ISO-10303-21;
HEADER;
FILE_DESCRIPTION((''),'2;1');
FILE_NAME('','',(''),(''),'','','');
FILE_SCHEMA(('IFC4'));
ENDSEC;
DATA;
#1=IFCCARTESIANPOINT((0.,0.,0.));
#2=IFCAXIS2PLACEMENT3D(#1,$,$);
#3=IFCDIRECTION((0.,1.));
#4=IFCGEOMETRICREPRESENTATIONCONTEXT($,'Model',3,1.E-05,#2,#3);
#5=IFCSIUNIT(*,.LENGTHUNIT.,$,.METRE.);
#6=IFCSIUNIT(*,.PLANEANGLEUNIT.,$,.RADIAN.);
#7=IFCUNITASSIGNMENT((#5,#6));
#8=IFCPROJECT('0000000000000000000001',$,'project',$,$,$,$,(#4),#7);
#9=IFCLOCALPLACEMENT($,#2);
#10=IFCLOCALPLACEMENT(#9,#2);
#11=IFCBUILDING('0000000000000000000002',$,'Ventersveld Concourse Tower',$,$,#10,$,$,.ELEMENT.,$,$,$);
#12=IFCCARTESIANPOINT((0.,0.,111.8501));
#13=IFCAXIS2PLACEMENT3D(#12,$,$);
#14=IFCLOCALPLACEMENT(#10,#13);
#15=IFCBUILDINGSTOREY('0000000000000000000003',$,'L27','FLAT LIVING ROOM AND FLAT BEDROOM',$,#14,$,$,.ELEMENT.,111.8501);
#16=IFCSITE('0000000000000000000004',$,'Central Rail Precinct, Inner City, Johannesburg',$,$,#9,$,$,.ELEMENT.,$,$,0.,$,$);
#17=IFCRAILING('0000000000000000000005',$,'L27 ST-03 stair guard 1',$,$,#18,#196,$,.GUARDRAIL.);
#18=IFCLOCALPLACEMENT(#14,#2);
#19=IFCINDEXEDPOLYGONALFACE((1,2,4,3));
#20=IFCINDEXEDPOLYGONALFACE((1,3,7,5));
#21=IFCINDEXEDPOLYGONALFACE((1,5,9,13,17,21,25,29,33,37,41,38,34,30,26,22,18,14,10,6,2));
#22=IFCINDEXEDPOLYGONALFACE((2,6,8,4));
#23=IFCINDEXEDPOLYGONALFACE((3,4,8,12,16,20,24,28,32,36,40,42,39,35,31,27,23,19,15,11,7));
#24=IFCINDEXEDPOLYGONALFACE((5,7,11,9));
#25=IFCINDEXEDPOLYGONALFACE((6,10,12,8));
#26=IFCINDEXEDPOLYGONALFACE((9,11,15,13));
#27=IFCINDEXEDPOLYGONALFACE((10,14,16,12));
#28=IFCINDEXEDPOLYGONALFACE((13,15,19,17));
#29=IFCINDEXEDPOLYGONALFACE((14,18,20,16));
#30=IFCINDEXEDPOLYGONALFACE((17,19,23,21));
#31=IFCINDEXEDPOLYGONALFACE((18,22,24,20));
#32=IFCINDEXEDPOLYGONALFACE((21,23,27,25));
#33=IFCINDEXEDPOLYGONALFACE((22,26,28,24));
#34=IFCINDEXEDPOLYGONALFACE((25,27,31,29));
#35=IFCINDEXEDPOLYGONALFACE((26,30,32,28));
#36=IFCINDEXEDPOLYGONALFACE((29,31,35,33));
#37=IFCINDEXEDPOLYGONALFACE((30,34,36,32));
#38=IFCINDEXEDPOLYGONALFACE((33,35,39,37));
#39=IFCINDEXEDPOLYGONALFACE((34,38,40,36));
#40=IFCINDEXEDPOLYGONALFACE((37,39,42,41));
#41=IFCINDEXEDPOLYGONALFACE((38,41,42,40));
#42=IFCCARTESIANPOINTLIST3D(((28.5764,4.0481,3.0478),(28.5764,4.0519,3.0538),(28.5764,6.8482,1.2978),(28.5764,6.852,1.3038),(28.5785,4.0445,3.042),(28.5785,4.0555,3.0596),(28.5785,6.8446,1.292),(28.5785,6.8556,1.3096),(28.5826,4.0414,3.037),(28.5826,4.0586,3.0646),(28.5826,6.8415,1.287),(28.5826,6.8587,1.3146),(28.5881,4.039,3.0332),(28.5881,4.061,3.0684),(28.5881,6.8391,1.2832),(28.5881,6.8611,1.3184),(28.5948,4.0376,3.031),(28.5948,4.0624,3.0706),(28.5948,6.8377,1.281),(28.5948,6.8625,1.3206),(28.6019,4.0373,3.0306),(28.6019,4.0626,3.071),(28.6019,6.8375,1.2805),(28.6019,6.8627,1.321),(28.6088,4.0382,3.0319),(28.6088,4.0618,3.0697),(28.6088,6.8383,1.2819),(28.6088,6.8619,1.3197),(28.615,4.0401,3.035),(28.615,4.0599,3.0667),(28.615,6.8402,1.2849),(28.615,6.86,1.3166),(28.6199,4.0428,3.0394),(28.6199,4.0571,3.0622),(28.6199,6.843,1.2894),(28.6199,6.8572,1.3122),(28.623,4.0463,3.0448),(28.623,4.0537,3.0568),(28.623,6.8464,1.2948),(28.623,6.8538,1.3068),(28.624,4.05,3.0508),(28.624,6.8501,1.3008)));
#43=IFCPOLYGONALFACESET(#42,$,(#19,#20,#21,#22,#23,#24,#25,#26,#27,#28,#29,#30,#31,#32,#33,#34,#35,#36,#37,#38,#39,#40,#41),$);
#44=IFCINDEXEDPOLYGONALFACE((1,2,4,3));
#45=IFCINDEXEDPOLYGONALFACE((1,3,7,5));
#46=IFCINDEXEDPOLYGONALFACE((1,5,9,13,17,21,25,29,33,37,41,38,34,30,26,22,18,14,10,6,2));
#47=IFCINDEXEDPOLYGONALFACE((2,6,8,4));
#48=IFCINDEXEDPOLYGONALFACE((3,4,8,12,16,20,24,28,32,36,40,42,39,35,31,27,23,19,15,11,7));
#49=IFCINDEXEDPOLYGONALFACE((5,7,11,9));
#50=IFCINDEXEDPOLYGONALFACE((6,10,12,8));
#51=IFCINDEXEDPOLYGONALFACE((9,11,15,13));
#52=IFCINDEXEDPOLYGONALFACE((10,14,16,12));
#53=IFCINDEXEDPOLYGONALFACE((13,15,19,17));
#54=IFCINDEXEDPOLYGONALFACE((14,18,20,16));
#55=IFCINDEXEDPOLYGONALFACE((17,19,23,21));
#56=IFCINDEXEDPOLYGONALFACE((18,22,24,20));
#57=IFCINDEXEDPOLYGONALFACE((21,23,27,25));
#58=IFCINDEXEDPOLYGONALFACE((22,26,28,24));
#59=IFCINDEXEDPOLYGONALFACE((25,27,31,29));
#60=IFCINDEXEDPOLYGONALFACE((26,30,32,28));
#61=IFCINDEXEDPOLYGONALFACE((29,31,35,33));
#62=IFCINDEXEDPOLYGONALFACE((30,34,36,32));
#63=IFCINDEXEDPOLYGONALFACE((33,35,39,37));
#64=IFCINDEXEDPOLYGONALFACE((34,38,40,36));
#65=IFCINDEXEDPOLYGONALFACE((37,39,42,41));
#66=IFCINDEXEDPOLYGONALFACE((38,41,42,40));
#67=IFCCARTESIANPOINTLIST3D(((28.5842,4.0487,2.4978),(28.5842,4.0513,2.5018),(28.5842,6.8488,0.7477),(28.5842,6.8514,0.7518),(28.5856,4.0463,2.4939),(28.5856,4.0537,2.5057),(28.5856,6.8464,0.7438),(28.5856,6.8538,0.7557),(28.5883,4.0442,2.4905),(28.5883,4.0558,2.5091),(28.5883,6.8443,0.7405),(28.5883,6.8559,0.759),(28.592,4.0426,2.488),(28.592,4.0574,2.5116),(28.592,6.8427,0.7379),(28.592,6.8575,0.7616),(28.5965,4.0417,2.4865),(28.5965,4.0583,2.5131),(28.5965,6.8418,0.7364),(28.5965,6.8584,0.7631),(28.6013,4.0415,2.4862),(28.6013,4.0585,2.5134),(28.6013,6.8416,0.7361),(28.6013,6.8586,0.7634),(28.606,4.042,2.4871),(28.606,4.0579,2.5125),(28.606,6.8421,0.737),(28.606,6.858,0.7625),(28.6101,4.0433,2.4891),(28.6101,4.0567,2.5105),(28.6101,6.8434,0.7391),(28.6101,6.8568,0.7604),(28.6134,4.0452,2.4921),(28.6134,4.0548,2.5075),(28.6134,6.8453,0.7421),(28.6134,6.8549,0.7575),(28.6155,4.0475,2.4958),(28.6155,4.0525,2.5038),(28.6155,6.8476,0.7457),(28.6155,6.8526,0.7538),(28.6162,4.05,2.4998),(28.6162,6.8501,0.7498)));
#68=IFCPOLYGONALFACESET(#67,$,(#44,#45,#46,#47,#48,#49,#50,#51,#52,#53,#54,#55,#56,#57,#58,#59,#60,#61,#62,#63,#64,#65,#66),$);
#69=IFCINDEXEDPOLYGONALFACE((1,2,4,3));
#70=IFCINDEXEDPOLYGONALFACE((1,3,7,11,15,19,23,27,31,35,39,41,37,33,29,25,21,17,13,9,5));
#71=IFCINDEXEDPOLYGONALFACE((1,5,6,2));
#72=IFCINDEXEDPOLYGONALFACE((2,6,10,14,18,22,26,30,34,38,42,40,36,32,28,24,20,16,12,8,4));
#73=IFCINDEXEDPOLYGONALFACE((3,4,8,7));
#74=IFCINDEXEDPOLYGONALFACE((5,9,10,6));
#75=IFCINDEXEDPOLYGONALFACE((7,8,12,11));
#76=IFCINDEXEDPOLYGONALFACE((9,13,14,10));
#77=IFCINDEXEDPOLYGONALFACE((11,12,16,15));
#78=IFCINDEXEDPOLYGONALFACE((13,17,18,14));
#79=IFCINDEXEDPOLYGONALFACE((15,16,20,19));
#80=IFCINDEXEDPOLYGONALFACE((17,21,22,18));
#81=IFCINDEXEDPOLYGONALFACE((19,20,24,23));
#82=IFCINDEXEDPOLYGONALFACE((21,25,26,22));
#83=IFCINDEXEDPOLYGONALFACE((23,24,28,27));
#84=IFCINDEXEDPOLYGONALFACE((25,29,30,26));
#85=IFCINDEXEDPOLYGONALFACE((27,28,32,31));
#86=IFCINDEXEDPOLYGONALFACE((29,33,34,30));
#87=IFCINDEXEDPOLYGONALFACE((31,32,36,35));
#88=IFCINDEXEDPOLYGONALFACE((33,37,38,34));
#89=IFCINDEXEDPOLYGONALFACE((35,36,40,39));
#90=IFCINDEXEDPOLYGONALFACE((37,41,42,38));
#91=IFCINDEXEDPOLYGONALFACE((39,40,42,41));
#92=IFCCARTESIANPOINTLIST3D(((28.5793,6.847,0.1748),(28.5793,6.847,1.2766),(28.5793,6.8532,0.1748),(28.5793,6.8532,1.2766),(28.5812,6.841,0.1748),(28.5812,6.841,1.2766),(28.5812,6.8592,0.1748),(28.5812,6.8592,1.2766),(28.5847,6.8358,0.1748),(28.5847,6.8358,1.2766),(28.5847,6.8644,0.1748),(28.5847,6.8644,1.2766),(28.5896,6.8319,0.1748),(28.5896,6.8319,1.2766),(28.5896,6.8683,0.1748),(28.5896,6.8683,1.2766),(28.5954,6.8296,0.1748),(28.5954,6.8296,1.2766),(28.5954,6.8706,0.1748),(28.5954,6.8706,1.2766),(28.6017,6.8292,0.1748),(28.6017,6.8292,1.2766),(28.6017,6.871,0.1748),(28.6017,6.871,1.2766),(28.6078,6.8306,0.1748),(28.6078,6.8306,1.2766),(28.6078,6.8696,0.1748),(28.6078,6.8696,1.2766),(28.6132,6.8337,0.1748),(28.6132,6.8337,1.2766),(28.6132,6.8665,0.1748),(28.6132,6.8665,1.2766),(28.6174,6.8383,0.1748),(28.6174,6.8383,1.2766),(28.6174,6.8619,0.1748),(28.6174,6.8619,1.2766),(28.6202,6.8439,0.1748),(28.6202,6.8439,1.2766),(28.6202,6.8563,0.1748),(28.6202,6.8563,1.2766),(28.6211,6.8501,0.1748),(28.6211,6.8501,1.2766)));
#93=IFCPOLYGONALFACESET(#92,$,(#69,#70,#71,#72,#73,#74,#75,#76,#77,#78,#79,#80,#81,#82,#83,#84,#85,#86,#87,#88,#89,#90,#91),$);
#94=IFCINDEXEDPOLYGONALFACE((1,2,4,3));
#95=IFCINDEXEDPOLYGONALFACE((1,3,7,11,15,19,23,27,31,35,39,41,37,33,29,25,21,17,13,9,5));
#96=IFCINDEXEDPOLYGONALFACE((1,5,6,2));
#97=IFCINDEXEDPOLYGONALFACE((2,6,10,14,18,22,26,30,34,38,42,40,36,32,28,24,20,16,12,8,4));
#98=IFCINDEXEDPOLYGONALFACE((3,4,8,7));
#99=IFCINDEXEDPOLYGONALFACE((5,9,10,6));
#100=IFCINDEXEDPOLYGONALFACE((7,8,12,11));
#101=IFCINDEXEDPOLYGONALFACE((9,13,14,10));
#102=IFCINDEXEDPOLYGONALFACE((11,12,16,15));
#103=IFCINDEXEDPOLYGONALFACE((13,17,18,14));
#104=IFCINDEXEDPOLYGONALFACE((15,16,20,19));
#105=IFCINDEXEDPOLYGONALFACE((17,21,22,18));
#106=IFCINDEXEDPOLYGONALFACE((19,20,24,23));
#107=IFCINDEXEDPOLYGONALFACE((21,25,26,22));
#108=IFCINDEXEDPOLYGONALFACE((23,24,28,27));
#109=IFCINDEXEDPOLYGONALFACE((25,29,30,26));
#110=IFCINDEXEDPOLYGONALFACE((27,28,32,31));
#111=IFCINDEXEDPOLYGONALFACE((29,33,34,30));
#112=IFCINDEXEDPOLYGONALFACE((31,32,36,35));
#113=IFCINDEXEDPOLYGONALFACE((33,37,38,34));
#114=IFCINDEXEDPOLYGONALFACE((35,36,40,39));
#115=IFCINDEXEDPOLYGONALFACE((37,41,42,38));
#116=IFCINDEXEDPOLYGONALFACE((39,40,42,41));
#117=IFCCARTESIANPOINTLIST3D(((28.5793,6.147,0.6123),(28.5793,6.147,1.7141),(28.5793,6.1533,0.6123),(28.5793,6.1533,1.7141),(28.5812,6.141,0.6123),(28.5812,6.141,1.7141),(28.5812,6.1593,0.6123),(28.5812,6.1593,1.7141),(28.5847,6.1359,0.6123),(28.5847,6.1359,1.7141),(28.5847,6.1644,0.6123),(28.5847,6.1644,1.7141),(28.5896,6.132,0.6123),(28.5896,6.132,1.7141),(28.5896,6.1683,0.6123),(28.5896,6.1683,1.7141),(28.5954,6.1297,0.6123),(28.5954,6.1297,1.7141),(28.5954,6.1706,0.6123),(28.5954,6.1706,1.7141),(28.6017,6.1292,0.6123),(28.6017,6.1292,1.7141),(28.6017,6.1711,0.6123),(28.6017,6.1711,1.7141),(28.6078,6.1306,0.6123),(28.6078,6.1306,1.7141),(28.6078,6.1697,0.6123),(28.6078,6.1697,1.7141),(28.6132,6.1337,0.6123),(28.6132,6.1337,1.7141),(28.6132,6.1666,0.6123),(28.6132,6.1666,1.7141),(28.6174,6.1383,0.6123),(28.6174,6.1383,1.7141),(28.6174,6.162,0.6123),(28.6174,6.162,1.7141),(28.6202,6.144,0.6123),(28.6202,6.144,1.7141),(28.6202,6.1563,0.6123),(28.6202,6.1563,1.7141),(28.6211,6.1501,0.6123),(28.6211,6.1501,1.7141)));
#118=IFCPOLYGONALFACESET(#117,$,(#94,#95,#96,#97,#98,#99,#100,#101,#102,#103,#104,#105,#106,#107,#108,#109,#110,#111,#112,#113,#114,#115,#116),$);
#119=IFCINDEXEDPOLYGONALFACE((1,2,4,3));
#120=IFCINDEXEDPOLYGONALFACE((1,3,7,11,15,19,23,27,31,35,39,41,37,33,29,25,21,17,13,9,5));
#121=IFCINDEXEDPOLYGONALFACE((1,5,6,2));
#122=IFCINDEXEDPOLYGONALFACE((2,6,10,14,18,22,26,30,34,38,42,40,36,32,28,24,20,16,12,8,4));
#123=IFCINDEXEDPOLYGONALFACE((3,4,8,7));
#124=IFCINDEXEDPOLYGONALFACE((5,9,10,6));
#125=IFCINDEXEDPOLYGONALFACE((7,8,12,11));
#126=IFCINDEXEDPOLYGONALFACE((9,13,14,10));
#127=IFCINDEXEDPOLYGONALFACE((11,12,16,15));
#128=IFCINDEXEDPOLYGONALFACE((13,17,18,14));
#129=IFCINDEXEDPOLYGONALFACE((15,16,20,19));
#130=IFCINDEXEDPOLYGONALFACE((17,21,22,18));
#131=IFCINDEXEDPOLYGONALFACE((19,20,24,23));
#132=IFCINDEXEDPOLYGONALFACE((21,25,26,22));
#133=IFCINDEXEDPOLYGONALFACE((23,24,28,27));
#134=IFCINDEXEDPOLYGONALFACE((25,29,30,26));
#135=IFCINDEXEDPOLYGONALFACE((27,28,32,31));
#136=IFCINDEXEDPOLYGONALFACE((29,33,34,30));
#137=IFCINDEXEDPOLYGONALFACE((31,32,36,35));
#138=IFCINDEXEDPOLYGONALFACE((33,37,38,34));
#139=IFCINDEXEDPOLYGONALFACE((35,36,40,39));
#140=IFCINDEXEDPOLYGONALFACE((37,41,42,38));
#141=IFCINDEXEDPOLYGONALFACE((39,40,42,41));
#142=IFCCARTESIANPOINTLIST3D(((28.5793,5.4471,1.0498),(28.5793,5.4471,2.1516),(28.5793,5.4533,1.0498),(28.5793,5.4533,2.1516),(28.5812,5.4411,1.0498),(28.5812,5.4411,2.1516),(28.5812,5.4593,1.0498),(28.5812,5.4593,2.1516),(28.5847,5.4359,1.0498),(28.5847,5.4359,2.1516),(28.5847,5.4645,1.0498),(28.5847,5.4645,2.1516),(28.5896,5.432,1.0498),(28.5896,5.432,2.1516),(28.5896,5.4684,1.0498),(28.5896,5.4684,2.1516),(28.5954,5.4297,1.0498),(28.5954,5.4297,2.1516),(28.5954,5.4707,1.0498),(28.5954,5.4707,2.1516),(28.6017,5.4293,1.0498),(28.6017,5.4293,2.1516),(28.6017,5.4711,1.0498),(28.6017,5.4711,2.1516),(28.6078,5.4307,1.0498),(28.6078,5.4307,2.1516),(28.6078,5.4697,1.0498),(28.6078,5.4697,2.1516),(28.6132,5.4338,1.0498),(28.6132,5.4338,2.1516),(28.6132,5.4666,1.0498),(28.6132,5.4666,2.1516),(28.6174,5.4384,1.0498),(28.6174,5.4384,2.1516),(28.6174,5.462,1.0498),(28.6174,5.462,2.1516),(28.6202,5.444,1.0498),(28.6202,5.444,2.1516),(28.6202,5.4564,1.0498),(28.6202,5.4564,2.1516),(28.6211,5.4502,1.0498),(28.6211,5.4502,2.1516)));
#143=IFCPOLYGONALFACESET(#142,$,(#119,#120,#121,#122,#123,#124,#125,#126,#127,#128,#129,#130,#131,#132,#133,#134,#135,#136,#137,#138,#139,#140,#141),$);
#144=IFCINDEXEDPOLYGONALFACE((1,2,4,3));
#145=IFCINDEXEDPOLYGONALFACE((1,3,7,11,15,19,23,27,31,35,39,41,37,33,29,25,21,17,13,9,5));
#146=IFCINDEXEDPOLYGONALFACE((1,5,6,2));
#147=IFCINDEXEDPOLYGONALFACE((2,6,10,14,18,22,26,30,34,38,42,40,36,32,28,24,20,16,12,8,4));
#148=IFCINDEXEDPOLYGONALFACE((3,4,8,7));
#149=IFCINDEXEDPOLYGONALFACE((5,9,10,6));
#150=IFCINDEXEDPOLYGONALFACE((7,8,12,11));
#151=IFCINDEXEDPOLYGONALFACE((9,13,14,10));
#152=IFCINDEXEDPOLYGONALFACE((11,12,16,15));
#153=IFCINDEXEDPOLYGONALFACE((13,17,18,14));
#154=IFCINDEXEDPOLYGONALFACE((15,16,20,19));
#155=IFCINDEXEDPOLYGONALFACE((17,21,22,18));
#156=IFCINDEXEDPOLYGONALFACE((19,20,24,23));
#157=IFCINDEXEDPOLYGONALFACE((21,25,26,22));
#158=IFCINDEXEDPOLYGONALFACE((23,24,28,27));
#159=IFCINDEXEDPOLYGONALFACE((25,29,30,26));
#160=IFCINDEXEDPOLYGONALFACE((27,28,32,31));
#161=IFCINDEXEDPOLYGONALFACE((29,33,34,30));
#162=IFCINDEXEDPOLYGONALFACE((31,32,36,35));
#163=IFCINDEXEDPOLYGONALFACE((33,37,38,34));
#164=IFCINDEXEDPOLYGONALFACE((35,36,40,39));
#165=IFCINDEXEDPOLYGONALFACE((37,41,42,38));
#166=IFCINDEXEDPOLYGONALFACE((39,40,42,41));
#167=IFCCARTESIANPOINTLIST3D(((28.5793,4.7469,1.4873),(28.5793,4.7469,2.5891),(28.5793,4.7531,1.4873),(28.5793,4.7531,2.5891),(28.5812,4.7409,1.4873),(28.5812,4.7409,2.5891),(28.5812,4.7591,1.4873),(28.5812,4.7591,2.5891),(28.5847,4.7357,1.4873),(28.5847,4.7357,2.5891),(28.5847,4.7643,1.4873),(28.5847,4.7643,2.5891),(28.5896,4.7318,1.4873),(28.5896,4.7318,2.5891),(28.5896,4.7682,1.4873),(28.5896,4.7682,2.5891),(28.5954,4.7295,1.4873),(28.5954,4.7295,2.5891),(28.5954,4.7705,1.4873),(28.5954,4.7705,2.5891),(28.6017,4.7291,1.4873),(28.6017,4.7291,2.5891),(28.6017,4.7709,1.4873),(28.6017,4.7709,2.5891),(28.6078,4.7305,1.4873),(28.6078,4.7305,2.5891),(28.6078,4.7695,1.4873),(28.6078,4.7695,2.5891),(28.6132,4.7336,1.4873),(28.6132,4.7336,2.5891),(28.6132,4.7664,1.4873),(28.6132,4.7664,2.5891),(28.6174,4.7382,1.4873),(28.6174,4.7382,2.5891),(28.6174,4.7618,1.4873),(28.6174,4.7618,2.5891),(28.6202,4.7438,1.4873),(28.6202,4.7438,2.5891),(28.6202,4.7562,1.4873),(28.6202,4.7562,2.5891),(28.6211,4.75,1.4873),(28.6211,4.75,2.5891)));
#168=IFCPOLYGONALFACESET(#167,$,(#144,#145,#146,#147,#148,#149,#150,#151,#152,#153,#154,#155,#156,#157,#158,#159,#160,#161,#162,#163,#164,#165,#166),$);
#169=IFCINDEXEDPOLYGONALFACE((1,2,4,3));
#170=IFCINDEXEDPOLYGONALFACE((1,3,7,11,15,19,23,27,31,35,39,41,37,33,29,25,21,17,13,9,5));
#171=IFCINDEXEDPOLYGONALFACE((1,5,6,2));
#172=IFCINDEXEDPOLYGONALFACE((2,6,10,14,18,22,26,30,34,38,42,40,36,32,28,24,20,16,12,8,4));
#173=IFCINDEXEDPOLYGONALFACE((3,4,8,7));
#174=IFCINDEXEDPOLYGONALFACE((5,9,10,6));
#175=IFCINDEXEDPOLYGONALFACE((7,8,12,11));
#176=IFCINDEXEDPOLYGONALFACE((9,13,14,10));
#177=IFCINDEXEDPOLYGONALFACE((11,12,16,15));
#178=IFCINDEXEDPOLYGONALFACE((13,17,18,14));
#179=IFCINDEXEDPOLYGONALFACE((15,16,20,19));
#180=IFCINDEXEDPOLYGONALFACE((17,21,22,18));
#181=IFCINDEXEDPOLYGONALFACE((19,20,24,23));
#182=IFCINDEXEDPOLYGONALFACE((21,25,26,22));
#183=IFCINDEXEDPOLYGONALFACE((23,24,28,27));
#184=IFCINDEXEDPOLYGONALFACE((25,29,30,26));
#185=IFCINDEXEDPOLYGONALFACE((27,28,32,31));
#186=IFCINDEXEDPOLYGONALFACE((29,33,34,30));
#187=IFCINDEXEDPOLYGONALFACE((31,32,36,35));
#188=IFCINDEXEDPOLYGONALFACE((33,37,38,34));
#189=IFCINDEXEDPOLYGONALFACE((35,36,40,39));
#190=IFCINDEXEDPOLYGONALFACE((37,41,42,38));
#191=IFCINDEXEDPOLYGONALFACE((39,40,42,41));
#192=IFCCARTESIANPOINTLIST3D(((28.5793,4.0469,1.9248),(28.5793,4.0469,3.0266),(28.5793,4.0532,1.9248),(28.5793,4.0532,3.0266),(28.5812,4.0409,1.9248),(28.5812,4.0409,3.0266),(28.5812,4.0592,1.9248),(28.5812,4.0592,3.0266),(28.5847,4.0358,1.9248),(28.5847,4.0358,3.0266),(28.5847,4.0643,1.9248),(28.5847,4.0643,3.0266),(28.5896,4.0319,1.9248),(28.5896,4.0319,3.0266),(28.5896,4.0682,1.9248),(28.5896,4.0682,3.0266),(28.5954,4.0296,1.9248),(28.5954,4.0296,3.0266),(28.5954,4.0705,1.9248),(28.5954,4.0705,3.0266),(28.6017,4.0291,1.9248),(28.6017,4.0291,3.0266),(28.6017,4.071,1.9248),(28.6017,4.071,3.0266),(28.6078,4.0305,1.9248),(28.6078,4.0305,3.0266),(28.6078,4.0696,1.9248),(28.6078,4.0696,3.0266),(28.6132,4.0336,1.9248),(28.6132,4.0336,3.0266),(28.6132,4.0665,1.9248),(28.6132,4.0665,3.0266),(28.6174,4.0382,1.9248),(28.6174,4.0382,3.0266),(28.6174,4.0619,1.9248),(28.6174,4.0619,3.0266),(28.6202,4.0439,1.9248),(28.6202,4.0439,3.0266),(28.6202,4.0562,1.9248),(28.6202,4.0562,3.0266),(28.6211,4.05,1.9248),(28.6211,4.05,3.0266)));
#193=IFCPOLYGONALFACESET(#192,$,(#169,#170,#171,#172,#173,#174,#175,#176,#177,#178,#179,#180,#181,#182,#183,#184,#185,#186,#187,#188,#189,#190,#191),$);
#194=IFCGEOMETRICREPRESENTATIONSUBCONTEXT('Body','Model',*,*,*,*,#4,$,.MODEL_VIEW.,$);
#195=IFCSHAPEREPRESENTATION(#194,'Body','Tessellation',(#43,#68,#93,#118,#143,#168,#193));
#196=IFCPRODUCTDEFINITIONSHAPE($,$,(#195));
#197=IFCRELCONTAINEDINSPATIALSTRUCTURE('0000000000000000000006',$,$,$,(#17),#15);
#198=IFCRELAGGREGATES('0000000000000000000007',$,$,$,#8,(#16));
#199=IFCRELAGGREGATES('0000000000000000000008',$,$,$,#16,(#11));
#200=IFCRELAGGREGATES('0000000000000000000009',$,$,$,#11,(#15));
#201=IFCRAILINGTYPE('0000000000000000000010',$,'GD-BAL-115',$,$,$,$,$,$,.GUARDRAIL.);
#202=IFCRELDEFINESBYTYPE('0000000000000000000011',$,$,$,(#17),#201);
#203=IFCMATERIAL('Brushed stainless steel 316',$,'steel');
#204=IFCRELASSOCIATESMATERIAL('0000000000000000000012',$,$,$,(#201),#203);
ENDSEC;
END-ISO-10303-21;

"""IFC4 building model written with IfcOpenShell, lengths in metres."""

from ifc_helpers import new_model, si_unit, direction, frame, origin, origin_2d, place, context, subcontext, project, spatial, circle, extrude, material, type_object, element, save


model = new_model("IFC4")

# Units and contexts
model_context = context("Model", 3, precision=1e-05, world=origin(), true_north=direction((0.0, 1.0)))
body_context = subcontext(model_context, "Body", "Model", "MODEL_VIEW")
ifc_project = project(units=[si_unit("LENGTHUNIT", "METRE"), si_unit("PLANEANGLEUNIT", "RADIAN")], contexts=[model_context])

# Site, building, storey
site_placement = place(None, origin())
site = spatial("IfcSite", under=ifc_project, at=site_placement, Name="Central Rail Precinct, Inner City, Johannesburg", CompositionType="ELEMENT", RefElevation=0.0)
building_placement = place(site_placement, origin())
building = spatial("IfcBuilding", under=site, at=building_placement, Name="Ventersveld Concourse Tower", CompositionType="ELEMENT")
storey_placement = place(building_placement, frame((0.0, 0.0, 111.8501)))
storey = spatial("IfcBuildingStorey", under=building, at=storey_placement, Name="L27", Description="FLAT LIVING ROOM AND FLAT BEDROOM", CompositionType="ELEMENT", Elevation=111.8501)

# Shared definitions
ifc_material_1 = material(Name="Brushed stainless steel 316", Category="steel")

# Railing
railing_type_1 = type_object("IfcRailingType", Name="GD-BAL-115", PredefinedType="GUARDRAIL", material=ifc_material_1)
railing_1_placement = place(storey_placement, frame((28.6001, 6.8501, 0.1748)))
element("IfcRailing", 1, at=railing_1_placement, inside=storey, type_object=railing_type_1, Name="L27 ST-03 stair guard 1", PredefinedType="GUARDRAIL", context=body_context, shape_type="SweptSolid", body=[
    extrude(circle(Radius=0.0239, at=origin_2d()), frame((0.0, 0.0, 1.126), z_axis=(0.0, -0.848002, 0.529992), x_axis=(1.0, 0.0, 0.0)), (0.0, 0.0, 1.0), 3.302),
    extrude(circle(Radius=0.0161, at=origin_2d()), frame((0.0, 0.0, 0.575), z_axis=(0.0, -0.848002, 0.529992), x_axis=(1.0, 0.0, 0.0)), (0.0, 0.0, 1.0), 3.302),
    extrude(circle(Radius=0.021, at=origin_2d()), origin(), (0.0, 0.0, 1.0), 1.1018),
    extrude(circle(Radius=0.021, at=origin_2d()), frame((0.0, -0.7, 0.4375)), (0.0, 0.0, 1.0), 1.1018),
    extrude(circle(Radius=0.021, at=origin_2d()), frame((0.0, -1.3999, 0.875)), (0.0, 0.0, 1.0), 1.1018),
    extrude(circle(Radius=0.021, at=origin_2d()), frame((0.0, -2.1001, 1.3125)), (0.0, 0.0, 1.0), 1.1018),
    extrude(circle(Radius=0.021, at=origin_2d()), frame((0.0, -2.8, 1.75)), (0.0, 0.0, 1.0), 1.1018),
])

save(model, "model.ifc")
